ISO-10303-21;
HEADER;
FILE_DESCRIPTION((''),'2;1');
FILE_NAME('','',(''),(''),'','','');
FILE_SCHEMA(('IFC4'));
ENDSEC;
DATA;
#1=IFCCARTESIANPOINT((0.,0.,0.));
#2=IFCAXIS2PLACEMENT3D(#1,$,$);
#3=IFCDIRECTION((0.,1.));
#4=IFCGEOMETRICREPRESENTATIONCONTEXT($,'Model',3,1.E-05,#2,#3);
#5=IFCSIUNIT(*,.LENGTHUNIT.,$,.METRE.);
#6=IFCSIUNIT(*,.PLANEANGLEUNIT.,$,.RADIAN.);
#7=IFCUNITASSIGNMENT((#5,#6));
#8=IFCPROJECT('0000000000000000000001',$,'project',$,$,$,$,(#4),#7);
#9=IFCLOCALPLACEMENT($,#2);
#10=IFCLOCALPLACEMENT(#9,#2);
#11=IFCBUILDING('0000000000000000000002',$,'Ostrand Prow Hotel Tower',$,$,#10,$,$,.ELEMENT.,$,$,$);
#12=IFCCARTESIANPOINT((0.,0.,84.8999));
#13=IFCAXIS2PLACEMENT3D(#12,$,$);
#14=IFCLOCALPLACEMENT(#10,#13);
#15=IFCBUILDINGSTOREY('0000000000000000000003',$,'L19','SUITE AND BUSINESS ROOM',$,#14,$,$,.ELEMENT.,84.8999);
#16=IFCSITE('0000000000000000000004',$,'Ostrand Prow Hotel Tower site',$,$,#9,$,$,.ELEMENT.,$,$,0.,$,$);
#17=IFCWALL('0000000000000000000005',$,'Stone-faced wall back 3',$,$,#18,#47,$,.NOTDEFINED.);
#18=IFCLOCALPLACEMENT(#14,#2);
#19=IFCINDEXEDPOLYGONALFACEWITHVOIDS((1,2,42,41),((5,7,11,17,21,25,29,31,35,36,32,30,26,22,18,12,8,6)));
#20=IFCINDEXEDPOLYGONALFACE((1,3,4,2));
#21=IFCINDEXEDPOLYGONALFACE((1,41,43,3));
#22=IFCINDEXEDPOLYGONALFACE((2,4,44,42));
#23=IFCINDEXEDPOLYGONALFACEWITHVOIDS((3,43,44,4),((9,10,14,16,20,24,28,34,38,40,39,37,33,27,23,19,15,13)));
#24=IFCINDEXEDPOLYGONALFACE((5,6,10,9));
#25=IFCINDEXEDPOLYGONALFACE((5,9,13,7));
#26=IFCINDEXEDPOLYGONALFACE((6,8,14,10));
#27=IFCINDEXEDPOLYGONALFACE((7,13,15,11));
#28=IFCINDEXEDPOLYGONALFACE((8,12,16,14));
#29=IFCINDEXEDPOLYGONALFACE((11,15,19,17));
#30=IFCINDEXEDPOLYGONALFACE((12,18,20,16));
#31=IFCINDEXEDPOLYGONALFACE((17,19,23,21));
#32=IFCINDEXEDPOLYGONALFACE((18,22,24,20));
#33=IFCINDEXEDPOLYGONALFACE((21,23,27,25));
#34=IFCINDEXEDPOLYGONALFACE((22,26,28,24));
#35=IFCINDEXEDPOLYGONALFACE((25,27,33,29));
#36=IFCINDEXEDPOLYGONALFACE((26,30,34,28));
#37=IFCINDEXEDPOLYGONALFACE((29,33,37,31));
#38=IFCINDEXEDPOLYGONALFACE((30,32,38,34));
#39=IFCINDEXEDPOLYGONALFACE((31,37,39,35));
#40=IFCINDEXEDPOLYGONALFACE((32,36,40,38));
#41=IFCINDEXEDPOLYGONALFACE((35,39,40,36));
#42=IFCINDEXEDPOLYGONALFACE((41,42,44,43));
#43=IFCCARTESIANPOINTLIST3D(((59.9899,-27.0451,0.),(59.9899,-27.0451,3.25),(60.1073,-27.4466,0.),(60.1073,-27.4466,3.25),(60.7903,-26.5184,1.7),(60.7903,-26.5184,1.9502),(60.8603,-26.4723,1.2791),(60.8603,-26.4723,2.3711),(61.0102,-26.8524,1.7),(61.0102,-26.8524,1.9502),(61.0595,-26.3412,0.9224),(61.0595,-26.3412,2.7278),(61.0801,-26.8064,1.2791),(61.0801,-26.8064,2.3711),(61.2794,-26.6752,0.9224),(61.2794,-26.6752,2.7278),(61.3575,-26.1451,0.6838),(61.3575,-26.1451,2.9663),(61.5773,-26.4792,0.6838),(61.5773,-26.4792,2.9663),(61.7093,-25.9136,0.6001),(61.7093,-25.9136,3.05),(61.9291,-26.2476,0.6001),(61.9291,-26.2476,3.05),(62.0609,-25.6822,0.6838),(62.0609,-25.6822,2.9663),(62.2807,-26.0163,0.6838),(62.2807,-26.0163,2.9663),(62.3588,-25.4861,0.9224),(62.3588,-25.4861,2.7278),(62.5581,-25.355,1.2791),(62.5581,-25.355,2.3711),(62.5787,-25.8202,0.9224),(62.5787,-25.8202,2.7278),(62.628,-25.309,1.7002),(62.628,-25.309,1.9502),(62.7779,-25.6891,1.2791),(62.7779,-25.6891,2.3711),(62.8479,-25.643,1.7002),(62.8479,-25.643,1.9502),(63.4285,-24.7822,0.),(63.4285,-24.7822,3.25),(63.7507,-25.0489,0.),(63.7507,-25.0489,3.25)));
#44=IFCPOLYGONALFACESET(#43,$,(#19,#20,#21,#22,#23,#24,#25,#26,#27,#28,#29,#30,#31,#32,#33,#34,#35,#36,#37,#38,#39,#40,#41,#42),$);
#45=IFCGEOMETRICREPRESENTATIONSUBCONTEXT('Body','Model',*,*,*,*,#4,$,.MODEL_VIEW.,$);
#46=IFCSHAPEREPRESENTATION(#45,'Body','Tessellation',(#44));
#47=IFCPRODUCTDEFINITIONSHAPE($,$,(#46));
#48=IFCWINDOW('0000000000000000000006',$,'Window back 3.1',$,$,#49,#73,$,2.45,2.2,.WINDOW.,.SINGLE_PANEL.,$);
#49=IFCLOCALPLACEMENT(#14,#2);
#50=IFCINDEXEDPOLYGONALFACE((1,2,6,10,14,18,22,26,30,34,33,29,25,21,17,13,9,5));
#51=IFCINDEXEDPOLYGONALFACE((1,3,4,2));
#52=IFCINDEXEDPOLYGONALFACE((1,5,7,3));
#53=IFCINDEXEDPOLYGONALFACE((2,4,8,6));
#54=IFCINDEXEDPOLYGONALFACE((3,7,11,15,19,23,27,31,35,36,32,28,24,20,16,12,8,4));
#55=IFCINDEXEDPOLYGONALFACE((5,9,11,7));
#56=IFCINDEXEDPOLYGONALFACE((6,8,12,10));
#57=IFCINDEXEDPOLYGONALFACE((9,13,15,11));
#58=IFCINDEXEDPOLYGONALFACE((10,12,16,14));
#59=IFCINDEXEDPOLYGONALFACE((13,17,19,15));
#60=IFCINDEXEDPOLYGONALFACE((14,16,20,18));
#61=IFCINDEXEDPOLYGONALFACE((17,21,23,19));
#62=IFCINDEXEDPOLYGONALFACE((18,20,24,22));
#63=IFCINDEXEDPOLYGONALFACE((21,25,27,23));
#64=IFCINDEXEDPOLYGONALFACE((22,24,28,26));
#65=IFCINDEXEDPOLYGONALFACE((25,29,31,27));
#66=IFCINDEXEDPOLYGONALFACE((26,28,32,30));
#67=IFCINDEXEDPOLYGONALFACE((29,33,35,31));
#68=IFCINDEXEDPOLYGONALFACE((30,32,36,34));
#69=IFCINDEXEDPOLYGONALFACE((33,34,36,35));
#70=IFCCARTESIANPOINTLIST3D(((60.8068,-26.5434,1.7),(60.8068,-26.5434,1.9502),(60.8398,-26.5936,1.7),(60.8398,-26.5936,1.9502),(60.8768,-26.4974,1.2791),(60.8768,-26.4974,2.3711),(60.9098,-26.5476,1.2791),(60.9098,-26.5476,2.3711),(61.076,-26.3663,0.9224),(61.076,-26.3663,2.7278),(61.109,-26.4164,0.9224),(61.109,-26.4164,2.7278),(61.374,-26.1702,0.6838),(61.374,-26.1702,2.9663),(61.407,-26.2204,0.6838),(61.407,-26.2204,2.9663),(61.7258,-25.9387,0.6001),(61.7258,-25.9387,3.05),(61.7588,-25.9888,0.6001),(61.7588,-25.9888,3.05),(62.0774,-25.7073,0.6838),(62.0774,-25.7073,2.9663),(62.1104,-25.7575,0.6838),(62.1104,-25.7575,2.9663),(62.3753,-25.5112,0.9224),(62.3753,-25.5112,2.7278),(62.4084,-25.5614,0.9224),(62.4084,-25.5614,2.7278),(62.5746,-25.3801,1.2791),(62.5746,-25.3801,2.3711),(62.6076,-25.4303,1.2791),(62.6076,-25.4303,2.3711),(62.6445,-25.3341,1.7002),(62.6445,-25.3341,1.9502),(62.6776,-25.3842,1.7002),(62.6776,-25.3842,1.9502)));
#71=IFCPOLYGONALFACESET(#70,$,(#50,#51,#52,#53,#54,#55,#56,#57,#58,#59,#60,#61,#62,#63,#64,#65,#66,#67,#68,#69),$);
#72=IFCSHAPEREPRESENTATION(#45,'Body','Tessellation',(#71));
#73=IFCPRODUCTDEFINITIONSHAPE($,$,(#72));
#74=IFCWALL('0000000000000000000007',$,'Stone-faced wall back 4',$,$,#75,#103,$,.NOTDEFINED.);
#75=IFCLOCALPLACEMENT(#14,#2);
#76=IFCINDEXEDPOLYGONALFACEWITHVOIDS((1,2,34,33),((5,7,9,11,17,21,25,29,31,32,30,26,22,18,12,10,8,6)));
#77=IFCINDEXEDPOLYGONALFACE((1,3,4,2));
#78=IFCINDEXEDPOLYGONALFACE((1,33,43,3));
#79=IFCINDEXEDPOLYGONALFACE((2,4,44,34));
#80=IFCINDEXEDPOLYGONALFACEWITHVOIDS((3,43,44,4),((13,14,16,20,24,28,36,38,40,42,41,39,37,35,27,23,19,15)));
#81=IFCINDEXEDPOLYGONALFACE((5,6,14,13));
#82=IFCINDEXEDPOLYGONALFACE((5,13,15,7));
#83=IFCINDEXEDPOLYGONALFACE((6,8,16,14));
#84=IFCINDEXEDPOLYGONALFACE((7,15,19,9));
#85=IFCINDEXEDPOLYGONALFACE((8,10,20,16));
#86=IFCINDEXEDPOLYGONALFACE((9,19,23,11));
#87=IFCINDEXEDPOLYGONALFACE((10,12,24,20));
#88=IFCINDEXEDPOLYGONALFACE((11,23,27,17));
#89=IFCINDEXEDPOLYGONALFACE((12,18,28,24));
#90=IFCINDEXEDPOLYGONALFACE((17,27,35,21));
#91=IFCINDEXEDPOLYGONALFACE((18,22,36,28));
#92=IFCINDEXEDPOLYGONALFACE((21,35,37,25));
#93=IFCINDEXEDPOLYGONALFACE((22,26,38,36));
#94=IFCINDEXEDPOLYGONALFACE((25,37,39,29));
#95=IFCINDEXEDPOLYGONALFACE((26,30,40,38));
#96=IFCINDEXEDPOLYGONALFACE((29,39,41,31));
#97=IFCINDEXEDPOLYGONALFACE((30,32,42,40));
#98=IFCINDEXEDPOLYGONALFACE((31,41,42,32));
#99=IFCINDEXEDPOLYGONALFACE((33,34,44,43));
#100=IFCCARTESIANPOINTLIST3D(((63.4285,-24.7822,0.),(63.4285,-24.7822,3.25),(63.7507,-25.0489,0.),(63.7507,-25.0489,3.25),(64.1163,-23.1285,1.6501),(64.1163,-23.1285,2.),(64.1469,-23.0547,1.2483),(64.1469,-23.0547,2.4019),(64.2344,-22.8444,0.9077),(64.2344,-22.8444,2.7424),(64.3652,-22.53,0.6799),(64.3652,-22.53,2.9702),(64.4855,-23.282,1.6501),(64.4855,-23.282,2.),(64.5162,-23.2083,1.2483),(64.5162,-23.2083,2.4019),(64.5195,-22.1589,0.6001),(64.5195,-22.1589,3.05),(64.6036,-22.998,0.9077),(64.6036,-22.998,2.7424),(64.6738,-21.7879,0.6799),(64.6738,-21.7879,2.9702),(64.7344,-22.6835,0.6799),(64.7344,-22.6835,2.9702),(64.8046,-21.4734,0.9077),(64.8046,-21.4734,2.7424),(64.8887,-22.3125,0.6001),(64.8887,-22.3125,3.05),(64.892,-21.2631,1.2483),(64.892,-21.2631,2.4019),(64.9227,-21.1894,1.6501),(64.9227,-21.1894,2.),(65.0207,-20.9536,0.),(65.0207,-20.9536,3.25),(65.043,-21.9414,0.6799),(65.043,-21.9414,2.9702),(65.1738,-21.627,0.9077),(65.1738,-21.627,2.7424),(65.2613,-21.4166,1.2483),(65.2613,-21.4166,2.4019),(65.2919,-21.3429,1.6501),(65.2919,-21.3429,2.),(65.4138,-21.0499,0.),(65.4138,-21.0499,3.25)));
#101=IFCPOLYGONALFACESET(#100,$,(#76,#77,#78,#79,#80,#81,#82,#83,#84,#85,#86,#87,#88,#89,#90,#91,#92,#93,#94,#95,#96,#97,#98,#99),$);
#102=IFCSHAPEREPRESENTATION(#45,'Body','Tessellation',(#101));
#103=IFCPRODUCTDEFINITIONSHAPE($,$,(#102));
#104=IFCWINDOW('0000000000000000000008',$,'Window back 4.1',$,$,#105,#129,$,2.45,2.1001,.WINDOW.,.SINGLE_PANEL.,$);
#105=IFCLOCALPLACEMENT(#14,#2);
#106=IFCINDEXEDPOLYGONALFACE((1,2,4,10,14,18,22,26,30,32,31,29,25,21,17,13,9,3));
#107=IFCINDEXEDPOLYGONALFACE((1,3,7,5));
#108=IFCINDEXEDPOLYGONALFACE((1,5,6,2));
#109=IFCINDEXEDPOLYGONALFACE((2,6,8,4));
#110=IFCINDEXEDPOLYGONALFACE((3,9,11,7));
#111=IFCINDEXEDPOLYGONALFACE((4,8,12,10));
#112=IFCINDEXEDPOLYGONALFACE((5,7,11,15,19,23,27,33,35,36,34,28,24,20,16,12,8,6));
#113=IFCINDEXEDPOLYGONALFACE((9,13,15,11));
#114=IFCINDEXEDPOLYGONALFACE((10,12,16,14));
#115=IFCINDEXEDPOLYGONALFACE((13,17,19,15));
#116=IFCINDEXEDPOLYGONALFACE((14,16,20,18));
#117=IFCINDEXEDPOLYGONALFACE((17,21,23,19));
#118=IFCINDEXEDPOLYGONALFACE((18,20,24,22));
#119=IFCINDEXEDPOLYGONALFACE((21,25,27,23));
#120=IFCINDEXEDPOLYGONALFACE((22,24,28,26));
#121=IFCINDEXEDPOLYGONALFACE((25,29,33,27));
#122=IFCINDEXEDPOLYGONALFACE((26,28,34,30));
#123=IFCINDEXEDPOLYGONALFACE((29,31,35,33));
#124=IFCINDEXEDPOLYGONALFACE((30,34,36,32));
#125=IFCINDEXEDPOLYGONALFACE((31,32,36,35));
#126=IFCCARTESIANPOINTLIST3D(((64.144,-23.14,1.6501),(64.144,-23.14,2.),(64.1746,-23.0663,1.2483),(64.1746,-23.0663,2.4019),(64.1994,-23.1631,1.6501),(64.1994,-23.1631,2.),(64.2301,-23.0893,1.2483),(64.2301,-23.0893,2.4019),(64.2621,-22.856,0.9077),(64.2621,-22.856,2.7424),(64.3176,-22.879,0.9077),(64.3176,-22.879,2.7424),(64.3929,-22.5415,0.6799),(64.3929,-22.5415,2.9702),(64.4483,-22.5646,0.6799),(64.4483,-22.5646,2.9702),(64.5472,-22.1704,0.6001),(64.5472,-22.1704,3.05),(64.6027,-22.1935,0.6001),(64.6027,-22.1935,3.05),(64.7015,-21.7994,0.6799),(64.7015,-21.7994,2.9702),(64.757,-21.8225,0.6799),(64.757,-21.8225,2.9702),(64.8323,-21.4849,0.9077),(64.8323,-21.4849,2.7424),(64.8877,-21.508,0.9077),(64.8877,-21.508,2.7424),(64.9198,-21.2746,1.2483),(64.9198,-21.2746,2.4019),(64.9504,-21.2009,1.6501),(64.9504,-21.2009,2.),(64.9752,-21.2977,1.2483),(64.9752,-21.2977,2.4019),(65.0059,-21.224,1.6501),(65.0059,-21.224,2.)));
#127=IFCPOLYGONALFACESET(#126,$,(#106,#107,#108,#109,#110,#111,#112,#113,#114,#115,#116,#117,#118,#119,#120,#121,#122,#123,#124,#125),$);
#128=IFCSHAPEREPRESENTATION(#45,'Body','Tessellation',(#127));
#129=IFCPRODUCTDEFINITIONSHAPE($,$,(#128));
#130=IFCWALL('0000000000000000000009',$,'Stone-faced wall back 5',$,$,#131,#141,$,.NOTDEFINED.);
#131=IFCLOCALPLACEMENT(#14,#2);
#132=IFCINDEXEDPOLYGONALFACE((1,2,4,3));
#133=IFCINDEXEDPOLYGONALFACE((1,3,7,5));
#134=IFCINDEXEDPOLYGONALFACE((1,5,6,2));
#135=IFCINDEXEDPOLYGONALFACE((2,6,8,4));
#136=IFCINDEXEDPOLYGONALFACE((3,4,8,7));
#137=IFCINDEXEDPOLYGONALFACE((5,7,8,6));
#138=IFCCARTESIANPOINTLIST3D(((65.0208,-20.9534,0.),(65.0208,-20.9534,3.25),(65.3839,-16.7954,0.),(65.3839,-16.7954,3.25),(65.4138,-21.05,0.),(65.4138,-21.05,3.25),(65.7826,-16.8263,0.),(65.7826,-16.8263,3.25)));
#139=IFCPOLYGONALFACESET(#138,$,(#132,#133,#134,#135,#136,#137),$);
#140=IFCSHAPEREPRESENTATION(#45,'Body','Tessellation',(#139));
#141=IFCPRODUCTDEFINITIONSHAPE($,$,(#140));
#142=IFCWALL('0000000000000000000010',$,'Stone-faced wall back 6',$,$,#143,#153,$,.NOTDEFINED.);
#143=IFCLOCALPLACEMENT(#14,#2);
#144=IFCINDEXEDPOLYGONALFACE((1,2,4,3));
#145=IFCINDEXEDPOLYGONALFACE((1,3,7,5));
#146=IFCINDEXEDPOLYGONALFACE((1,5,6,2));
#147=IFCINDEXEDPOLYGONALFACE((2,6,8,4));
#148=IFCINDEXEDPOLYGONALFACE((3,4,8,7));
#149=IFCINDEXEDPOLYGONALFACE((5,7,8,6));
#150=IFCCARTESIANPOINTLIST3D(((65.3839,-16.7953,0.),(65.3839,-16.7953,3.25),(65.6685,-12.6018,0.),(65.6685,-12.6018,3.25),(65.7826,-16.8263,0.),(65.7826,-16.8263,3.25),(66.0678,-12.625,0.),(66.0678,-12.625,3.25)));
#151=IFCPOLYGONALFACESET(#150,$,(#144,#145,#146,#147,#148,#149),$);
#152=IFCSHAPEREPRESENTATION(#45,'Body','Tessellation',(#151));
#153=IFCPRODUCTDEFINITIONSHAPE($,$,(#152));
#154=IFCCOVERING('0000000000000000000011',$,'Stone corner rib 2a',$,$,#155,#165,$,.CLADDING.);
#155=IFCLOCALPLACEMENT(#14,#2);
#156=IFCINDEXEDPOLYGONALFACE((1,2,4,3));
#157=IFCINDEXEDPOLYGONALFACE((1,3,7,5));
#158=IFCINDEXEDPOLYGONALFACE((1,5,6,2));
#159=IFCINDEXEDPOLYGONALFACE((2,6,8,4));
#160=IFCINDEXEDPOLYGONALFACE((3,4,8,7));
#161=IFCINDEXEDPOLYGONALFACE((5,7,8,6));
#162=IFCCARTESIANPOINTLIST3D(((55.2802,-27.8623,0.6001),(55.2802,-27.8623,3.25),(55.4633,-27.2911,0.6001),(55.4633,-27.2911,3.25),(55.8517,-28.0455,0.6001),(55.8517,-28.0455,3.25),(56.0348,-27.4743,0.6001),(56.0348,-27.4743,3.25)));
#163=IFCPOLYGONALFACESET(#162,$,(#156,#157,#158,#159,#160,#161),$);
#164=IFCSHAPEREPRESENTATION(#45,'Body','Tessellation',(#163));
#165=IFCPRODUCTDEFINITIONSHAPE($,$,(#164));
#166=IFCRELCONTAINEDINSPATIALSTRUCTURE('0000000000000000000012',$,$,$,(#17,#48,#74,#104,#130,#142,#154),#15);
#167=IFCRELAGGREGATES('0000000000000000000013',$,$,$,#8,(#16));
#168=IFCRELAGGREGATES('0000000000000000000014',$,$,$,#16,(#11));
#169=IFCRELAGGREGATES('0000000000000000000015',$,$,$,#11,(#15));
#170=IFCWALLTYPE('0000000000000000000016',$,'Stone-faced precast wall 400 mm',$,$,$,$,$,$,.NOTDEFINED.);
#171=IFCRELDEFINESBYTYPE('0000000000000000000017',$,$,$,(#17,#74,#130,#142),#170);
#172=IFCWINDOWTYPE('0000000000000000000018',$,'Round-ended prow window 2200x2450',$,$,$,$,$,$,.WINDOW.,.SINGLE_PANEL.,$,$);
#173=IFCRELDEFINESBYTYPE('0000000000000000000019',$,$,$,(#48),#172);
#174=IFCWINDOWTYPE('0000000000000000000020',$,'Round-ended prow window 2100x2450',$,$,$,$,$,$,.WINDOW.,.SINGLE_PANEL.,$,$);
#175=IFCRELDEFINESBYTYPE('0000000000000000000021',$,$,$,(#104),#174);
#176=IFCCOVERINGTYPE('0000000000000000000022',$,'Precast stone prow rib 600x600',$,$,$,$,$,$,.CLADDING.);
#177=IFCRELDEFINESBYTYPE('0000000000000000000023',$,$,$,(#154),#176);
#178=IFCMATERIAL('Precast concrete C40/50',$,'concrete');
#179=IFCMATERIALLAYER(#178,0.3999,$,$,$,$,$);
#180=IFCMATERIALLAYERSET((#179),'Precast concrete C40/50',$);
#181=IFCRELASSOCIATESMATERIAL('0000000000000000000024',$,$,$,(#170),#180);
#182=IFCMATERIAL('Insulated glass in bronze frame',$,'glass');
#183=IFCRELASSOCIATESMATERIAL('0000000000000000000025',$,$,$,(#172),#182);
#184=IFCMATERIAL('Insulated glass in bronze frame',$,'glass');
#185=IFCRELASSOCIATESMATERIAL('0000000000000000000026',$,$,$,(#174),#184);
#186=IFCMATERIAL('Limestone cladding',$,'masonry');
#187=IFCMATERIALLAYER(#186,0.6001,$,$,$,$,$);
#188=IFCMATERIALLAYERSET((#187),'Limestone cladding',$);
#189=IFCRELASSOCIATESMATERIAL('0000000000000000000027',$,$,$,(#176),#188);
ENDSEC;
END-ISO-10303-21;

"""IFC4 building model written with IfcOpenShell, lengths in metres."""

from ifc_helpers import new_model, si_unit, direction, frame, frame_2d, origin, place, context, subcontext, project, spatial, polyline, rectangle, outline, extrude, material, layer, layer_set, type_object, element, fill, save


model = new_model("IFC4")

# Units and contexts
model_context = context("Model", 3, precision=1e-05, world=origin(), true_north=direction((0.0, 1.0)))
body_context = subcontext(model_context, "Body", "Model", "MODEL_VIEW")
ifc_project = project(units=[si_unit("LENGTHUNIT", "METRE"), si_unit("PLANEANGLEUNIT", "RADIAN")], contexts=[model_context])

# Site, building, storey
site_placement = place(None, origin())
site = spatial("IfcSite", under=ifc_project, at=site_placement, Name="Ostrand Prow Hotel Tower site", CompositionType="ELEMENT", RefElevation=0.0)
building_placement = place(site_placement, origin())
building = spatial("IfcBuilding", under=site, at=building_placement, Name="Ostrand Prow Hotel Tower", CompositionType="ELEMENT")
storey_placement = place(building_placement, frame((0.0, 0.0, 84.8999)))
storey = spatial("IfcBuildingStorey", under=building, at=storey_placement, Name="L19", Description="SUITE AND BUSINESS ROOM", CompositionType="ELEMENT", Elevation=84.8999)

# Walls, openings, windows
ifc_material_1 = material(Name="Precast concrete C40/50", Category="concrete")
ifc_layer_1 = layer(ifc_material_1, 0.3999)
ifc_layer_set_1 = layer_set([ifc_layer_1], Name="Precast concrete C40/50")
wall_type_1 = type_object("IfcWallType", Name="Stone-faced precast wall 400 mm", PredefinedType="NOTDEFINED", material=ifc_layer_set_1)
ifc_material_2 = material(Name="Insulated glass in bronze frame", Category="glass")
window_type_1 = type_object("IfcWindowType", Name="Round-ended prow window 2200x2450", PartitioningType="SINGLE_PANEL", PredefinedType="WINDOW", material=ifc_material_2)
wall_1_placement = place(storey_placement, frame((60.0486, -27.2458, 0.0), z_axis=(0.0, 0.0, 1.0), x_axis=(0.835341, 0.549733, 0.0)))
wall_1 = element("IfcWall", 1, at=wall_1_placement, inside=storey, type_object=wall_type_1, Name="Stone-faced wall back 3", PredefinedType="NOTDEFINED", context=body_context, shape_type="SweptSolid", body=[
    extrude(outline(polyline([(-0.0613, -0.2), (4.3003, -0.2), (4.1777, 0.2), (0.0613, 0.2), (-0.0613, -0.2)])), origin(), (0.0, 0.0, 1.0), 3.25),
])
opening_1_placement = place(wall_1_placement, frame((1.0195, 0.0, 0.6001)))
opening_1 = element("IfcOpeningElement", 2, at=opening_1_placement, cuts=wall_1, PredefinedType="OPENING", context=body_context, shape_type="SweptSolid", body=[
    extrude(outline(polyline([(0.0, 1.3501), (0.0837, 1.771), (0.3223, 2.1277), (0.679, 2.3662), (1.1001, 2.45), (1.521, 2.3662), (1.8777, 2.1277), (2.1162, 1.771), (2.2, 1.3501), (2.2, 1.1001), (2.1162, 0.679), (1.8777, 0.3223), (1.521, 0.0837), (1.1001, 0.0), (0.679, 0.0837), (0.3223, 0.3223), (0.0837, 0.679), (0.0, 1.0999), (0.0, 1.3501)])), frame((0.0, 0.21, 0.0), z_axis=(0.0, -1.0, 0.0), x_axis=(1.0, 0.0, 0.0)), (0.0, 0.0, 1.0), 0.4199),
])
window_1_placement = place(opening_1_placement, origin())
window_1 = element("IfcWindow", 3, at=window_1_placement, inside=storey, type_object=window_type_1, Name="Window back 3.1", OverallHeight=2.45, OverallWidth=2.2, PartitioningType="SINGLE_PANEL", PredefinedType="WINDOW", context=body_context, shape_type="SweptSolid", body=[
    extrude(outline(polyline([(0.0, 1.3501), (0.0837, 1.771), (0.3223, 2.1277), (0.679, 2.3662), (1.1001, 2.45), (1.521, 2.3662), (1.8777, 2.1277), (2.1162, 1.771), (2.2, 1.3501), (2.2, 1.1001), (2.1162, 0.679), (1.8777, 0.3223), (1.521, 0.0837), (1.1001, 0.0), (0.679, 0.0837), (0.3223, 0.3223), (0.0837, 0.679), (0.0, 1.0999), (0.0, 1.3501)])), frame((0.0, 0.1699, 0.0), z_axis=(0.0, -1.0, 0.0), x_axis=(1.0, 0.0, 0.0)), (0.0, 0.0, 1.0), 0.0601),
])
fill(opening_1, window_1)
wall_2_placement = place(storey_placement, frame((63.5896, -24.9155, 0.0), z_axis=(0.0, 0.0, 1.0), x_axis=(0.383998, 0.923334, 0.0)))
wall_2 = element("IfcWall", 4, at=wall_2_placement, inside=storey, type_object=wall_type_1, Name="Stone-faced wall back 4", PredefinedType="NOTDEFINED", context=body_context, shape_type="SweptSolid", body=[
    extrude(outline(polyline([(-0.0613, -0.2), (4.2698, -0.2), (4.2078, 0.2), (0.0613, 0.2), (-0.0613, -0.2)])), origin(), (0.0, 0.0, 1.0), 3.25),
])
opening_2_placement = place(wall_2_placement, frame((1.8523, 0.0, 0.6001)))
opening_2 = element("IfcOpeningElement", 5, at=opening_2_placement, cuts=wall_2, PredefinedType="OPENING", context=body_context, shape_type="SweptSolid", body=[
    extrude(outline(polyline([(0.0, 1.3999), (0.0798, 1.8018), (0.3076, 2.1423), (0.6482, 2.3701), (1.05, 2.45), (1.4519, 2.3701), (1.7925, 2.1423), (2.0203, 1.8018), (2.1001, 1.3999), (2.1001, 1.05), (2.0203, 0.6482), (1.7925, 0.3076), (1.4519, 0.0798), (1.05, 0.0), (0.6482, 0.0798), (0.3076, 0.3076), (0.0798, 0.6482), (0.0, 1.05), (0.0, 1.3999)])), frame((0.0, 0.21, 0.0), z_axis=(0.0, -1.0, 0.0), x_axis=(1.0, 0.0, 0.0)), (0.0, 0.0, 1.0), 0.4199),
])
ifc_material_3 = material(Name="Insulated glass in bronze frame", Category="glass")
window_type_2 = type_object("IfcWindowType", Name="Round-ended prow window 2100x2450", PartitioningType="SINGLE_PANEL", PredefinedType="WINDOW", material=ifc_material_3)
window_2_placement = place(opening_2_placement, origin())
window_2 = element("IfcWindow", 6, at=window_2_placement, inside=storey, type_object=window_type_2, Name="Window back 4.1", OverallHeight=2.45, OverallWidth=2.1001, PartitioningType="SINGLE_PANEL", PredefinedType="WINDOW", context=body_context, shape_type="SweptSolid", body=[
    extrude(outline(polyline([(0.0, 1.3999), (0.0798, 1.8018), (0.3076, 2.1423), (0.6482, 2.3701), (1.05, 2.45), (1.4519, 2.3701), (1.7925, 2.1423), (2.0203, 1.8018), (2.1001, 1.3999), (2.1001, 1.05), (2.0203, 0.6482), (1.7925, 0.3076), (1.4519, 0.0798), (1.05, 0.0), (0.6482, 0.0798), (0.3076, 0.3076), (0.0798, 0.6482), (0.0, 1.05), (0.0, 1.3999)])), frame((0.0, 0.1699, 0.0), z_axis=(0.0, -1.0, 0.0), x_axis=(1.0, 0.0, 0.0)), (0.0, 0.0, 1.0), 0.0601),
])
fill(opening_2, window_2)

# Walls
wall_3_placement = place(storey_placement, frame((65.2173, -21.0017, 0.0), z_axis=(0.0, 0.0, 1.0), x_axis=(0.086993, 0.996209, 0.0)))
element("IfcWall", 7, at=wall_3_placement, inside=storey, type_object=wall_type_1, Name="Stone-faced wall back 5", PredefinedType="NOTDEFINED", context=body_context, shape_type="SweptSolid", body=[
    extrude(outline(polyline([(-0.031, -0.2), (4.2087, -0.2), (4.2048, 0.2), (0.031, 0.2), (-0.031, -0.2)])), origin(), (0.0, 0.0, 1.0), 3.25),
])
wall_4_placement = place(storey_placement, frame((65.5833, -16.8108, 0.0), z_axis=(0.0, 0.0, 1.0), x_axis=(0.067725, 0.997704, 0.0)))
element("IfcWall", 8, at=wall_4_placement, inside=storey, type_object=wall_type_1, Name="Stone-faced wall back 6", PredefinedType="NOTDEFINED", context=body_context, shape_type="SweptSolid", body=[
    extrude(outline(polyline([(-0.002, -0.2), (4.209, -0.2), (4.2051, 0.2), (0.002, 0.2), (-0.002, -0.2)])), origin(), (0.0, 0.0, 1.0), 3.25),
])

# Covering
ifc_material_4 = material(Name="Limestone cladding", Category="masonry")
ifc_layer_2 = layer(ifc_material_4, 0.6001)
ifc_layer_set_2 = layer_set([ifc_layer_2], Name="Limestone cladding")
covering_type = type_object("IfcCoveringType", Name="Precast stone prow rib 600x600", PredefinedType="CLADDING", material=ifc_layer_set_2)
covering_1_placement = place(storey_placement, frame((55.749, -27.3828, 0.6001), z_axis=(0.0, 0.0, 1.0), x_axis=(-0.305219, -0.952282, 0.0)))
element("IfcCovering", 9, at=covering_1_placement, inside=storey, type_object=covering_type, Name="Stone corner rib 2a", PredefinedType="CLADDING", context=body_context, shape_type="SweptSolid", body=[
    extrude(rectangle(XDim=0.5999, YDim=0.6001, at=frame_2d((0.2998, 0.0))), origin(), (0.0, 0.0, 1.0), 2.6499),
])

save(model, "model.ifc")
